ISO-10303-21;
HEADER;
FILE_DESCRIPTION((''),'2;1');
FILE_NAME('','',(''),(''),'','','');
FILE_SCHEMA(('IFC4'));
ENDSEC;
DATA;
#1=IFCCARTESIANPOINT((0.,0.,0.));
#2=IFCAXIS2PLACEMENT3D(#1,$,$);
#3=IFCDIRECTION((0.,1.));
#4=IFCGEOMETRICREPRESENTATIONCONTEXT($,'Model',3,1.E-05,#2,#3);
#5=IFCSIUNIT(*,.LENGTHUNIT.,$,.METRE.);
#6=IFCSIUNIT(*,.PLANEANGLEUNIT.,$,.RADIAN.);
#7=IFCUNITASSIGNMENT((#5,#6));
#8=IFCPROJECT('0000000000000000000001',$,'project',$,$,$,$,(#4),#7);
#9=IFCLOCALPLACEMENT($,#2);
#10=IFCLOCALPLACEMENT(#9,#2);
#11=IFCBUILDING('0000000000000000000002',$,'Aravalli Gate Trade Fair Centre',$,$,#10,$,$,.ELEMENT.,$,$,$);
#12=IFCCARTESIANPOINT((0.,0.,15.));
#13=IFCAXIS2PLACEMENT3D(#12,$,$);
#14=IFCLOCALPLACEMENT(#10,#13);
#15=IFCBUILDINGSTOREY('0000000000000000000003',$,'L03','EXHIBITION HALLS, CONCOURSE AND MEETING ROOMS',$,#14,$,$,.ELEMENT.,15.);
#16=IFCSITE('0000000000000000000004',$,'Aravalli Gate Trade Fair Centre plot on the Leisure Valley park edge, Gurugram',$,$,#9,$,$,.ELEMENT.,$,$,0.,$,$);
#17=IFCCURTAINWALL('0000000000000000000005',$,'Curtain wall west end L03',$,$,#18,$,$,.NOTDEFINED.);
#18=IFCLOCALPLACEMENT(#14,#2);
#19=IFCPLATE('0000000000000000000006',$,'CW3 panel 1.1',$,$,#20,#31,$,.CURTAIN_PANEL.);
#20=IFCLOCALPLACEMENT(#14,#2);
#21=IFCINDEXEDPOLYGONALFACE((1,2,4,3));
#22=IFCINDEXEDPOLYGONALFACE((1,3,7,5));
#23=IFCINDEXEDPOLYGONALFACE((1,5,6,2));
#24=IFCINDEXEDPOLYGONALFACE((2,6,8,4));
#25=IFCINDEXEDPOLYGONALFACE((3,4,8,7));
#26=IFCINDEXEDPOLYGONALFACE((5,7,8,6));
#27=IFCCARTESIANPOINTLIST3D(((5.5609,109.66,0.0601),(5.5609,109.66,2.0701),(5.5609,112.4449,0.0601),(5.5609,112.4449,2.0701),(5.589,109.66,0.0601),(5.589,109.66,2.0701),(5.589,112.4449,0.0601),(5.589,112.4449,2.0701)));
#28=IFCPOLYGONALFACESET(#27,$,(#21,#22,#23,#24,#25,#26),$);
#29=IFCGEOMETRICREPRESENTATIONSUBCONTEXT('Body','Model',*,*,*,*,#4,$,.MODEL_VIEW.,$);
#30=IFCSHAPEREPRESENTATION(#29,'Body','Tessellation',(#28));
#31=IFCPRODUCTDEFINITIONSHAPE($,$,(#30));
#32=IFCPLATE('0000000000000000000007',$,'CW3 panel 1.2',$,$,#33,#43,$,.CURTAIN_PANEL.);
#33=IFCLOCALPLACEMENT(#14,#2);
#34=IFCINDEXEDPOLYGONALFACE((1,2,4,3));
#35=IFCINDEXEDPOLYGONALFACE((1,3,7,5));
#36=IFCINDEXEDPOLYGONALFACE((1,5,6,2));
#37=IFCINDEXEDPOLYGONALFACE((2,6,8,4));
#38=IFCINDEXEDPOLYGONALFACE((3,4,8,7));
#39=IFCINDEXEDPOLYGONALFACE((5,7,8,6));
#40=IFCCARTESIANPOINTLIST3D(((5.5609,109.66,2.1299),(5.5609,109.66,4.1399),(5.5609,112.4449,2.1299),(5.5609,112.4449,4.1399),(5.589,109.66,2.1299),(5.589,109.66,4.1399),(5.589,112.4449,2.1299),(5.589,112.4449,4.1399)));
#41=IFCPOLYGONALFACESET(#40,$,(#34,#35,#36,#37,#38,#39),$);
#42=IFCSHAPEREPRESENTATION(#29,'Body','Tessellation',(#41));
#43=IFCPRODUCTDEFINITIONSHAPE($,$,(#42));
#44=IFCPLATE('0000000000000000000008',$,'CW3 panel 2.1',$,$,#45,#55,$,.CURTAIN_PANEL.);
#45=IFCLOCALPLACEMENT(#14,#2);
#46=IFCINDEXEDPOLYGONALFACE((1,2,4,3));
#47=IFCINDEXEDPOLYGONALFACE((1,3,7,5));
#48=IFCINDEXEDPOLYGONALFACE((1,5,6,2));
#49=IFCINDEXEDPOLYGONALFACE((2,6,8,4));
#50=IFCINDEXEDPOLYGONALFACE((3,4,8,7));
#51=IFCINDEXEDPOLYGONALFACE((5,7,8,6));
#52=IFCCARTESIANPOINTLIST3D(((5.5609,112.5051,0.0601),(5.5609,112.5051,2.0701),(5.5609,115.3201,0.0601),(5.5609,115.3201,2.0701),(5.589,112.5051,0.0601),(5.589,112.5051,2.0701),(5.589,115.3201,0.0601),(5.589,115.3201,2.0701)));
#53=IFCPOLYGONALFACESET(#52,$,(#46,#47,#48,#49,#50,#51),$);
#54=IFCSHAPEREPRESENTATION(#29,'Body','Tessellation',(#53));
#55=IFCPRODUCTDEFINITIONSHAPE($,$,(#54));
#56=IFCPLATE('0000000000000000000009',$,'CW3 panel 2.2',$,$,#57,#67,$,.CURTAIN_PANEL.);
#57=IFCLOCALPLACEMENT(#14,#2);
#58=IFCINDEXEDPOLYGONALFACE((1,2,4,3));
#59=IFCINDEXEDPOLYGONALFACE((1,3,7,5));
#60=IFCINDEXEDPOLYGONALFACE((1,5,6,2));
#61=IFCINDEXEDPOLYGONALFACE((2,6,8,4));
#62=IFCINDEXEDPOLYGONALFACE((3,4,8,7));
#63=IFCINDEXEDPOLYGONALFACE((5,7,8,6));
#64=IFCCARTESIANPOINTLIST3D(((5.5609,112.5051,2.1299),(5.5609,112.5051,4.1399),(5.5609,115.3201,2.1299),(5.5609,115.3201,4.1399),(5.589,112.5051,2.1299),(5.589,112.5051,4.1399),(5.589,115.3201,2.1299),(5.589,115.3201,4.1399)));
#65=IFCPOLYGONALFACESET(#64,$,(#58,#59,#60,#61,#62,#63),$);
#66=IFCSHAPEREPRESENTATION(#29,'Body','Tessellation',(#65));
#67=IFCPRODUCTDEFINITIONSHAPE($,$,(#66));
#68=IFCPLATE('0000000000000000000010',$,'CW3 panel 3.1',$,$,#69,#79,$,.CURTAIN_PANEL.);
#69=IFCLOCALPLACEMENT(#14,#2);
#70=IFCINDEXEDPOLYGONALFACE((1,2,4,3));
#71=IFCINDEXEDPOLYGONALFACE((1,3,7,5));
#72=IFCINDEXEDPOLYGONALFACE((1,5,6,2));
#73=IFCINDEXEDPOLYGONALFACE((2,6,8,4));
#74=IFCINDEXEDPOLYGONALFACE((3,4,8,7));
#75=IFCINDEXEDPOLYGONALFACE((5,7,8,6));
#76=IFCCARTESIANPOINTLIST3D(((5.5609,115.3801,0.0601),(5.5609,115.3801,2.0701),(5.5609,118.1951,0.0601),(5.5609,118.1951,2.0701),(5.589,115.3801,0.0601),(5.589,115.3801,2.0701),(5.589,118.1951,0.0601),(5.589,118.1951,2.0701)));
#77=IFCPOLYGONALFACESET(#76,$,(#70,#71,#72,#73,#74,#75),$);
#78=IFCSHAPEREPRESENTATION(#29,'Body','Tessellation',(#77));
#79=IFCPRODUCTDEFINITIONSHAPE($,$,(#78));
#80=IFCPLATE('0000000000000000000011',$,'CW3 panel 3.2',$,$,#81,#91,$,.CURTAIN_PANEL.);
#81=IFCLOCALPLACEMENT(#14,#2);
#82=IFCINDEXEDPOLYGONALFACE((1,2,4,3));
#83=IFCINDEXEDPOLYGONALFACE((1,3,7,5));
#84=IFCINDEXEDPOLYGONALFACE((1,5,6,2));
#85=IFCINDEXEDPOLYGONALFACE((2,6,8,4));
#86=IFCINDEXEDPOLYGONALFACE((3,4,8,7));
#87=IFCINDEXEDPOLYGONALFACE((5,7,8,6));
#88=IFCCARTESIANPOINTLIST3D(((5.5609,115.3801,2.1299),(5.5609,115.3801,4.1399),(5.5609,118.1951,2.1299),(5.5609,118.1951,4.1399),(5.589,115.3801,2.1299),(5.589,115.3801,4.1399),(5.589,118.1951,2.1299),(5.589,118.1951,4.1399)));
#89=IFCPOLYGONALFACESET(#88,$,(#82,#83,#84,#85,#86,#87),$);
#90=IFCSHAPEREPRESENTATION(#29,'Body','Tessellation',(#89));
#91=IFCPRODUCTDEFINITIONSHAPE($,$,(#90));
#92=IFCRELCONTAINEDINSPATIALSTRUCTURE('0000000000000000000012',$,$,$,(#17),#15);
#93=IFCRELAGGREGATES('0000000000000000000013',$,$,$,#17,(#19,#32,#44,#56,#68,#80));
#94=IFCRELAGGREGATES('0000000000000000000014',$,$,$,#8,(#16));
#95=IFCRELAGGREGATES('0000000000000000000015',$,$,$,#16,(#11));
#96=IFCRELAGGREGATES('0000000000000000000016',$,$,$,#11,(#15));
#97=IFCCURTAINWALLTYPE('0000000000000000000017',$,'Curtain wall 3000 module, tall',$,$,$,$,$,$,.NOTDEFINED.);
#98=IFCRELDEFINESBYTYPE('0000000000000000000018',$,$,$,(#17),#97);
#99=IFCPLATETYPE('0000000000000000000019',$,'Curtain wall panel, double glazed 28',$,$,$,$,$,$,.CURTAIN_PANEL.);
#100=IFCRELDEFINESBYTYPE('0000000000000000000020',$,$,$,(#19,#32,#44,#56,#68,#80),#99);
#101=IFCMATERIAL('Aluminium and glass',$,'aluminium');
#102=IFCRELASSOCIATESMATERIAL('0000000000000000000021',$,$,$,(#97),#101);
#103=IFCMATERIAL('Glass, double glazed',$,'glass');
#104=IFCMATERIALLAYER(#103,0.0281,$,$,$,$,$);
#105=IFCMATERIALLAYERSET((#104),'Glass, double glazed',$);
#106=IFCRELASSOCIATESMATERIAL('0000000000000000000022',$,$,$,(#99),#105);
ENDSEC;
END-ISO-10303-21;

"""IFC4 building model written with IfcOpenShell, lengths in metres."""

from ifc_helpers import new_model, si_unit, direction, frame, origin, origin_2d, place, context, subcontext, project, spatial, rectangle, extrude, material, layer, layer_set, type_object, element, aggregate, save


model = new_model("IFC4")

# Units and contexts
model_context = context("Model", 3, precision=1e-05, world=origin(), true_north=direction((0.0, 1.0)))
body_context = subcontext(model_context, "Body", "Model", "MODEL_VIEW")
ifc_project = project(units=[si_unit("LENGTHUNIT", "METRE"), si_unit("PLANEANGLEUNIT", "RADIAN")], contexts=[model_context])

# Site, building, storey
site_placement = place(None, origin())
site = spatial("IfcSite", under=ifc_project, at=site_placement, Name="Aravalli Gate Trade Fair Centre plot on the Leisure Valley park edge, Gurugram", CompositionType="ELEMENT", RefElevation=0.0)
building_placement = place(site_placement, origin())
building = spatial("IfcBuilding", under=site, at=building_placement, Name="Aravalli Gate Trade Fair Centre", CompositionType="ELEMENT")
storey_placement = place(building_placement, frame((0.0, 0.0, 15.0)))
storey = spatial("IfcBuildingStorey", under=building, at=storey_placement, Name="L03", Description="EXHIBITION HALLS, CONCOURSE AND MEETING ROOMS", CompositionType="ELEMENT", Elevation=15.0)

# Curtain wall, plates
ifc_material_1 = material(Name="Aluminium and glass", Category="aluminium")
curtain_wall_type = type_object("IfcCurtainWallType", Name="Curtain wall 3000 module, tall", PredefinedType="NOTDEFINED", material=ifc_material_1)
curtain_wall_placement = place(storey_placement, origin())
curtain_wall = element("IfcCurtainWall", 1, at=curtain_wall_placement, inside=storey, type_object=curtain_wall_type, Name="Curtain wall west end L03", PredefinedType="NOTDEFINED")
ifc_material_2 = material(Name="Glass, double glazed", Category="glass")
ifc_layer = layer(ifc_material_2, 0.0281)
ifc_layer_set = layer_set([ifc_layer], Name="Glass, double glazed")
plate_type = type_object("IfcPlateType", Name="Curtain wall panel, double glazed 28", PredefinedType="CURTAIN_PANEL", material=ifc_layer_set)
plate_1_placement = place(storey_placement, frame((5.575, 111.0525, 0.0601), z_axis=(0.0, 0.0, 1.0), x_axis=(0.0, 1.0, 0.0)))
plate_1 = element("IfcPlate", 2, at=plate_1_placement, type_object=plate_type, Name="CW3 panel 1.1", PredefinedType="CURTAIN_PANEL", context=body_context, shape_type="SweptSolid", body=[
    extrude(rectangle(XDim=2.7849, YDim=0.0281, at=origin_2d()), origin(), (0.0, 0.0, 1.0), 2.01),
])
plate_2_placement = place(storey_placement, frame((5.575, 111.0525, 2.1299), z_axis=(0.0, 0.0, 1.0), x_axis=(0.0, 1.0, 0.0)))
plate_2 = element("IfcPlate", 3, at=plate_2_placement, type_object=plate_type, Name="CW3 panel 1.2", PredefinedType="CURTAIN_PANEL", context=body_context, shape_type="SweptSolid", body=[
    extrude(rectangle(XDim=2.7849, YDim=0.0281, at=origin_2d()), origin(), (0.0, 0.0, 1.0), 2.01),
])
plate_3_placement = place(storey_placement, frame((5.575, 113.9126, 0.0601), z_axis=(0.0, 0.0, 1.0), x_axis=(0.0, 1.0, 0.0)))
plate_3 = element("IfcPlate", 4, at=plate_3_placement, type_object=plate_type, Name="CW3 panel 2.1", PredefinedType="CURTAIN_PANEL", context=body_context, shape_type="SweptSolid", body=[
    extrude(rectangle(XDim=2.8149, YDim=0.0281, at=origin_2d()), origin(), (0.0, 0.0, 1.0), 2.01),
])
plate_4_placement = place(storey_placement, frame((5.575, 113.9126, 2.1299), z_axis=(0.0, 0.0, 1.0), x_axis=(0.0, 1.0, 0.0)))
plate_4 = element("IfcPlate", 5, at=plate_4_placement, type_object=plate_type, Name="CW3 panel 2.2", PredefinedType="CURTAIN_PANEL", context=body_context, shape_type="SweptSolid", body=[
    extrude(rectangle(XDim=2.8149, YDim=0.0281, at=origin_2d()), origin(), (0.0, 0.0, 1.0), 2.01),
])
plate_5_placement = place(storey_placement, frame((5.575, 116.7876, 0.0601), z_axis=(0.0, 0.0, 1.0), x_axis=(0.0, 1.0, 0.0)))
plate_5 = element("IfcPlate", 6, at=plate_5_placement, type_object=plate_type, Name="CW3 panel 3.1", PredefinedType="CURTAIN_PANEL", context=body_context, shape_type="SweptSolid", body=[
    extrude(rectangle(XDim=2.8149, YDim=0.0281, at=origin_2d()), origin(), (0.0, 0.0, 1.0), 2.01),
])
plate_6_placement = place(storey_placement, frame((5.575, 116.7876, 2.1299), z_axis=(0.0, 0.0, 1.0), x_axis=(0.0, 1.0, 0.0)))
plate_6 = element("IfcPlate", 7, at=plate_6_placement, type_object=plate_type, Name="CW3 panel 3.2", PredefinedType="CURTAIN_PANEL", context=body_context, shape_type="SweptSolid", body=[
    extrude(rectangle(XDim=2.8149, YDim=0.0281, at=origin_2d()), origin(), (0.0, 0.0, 1.0), 2.01),
])
aggregate(curtain_wall, [plate_1, plate_2, plate_3, plate_4, plate_5, plate_6])

save(model, "model.ifc")
